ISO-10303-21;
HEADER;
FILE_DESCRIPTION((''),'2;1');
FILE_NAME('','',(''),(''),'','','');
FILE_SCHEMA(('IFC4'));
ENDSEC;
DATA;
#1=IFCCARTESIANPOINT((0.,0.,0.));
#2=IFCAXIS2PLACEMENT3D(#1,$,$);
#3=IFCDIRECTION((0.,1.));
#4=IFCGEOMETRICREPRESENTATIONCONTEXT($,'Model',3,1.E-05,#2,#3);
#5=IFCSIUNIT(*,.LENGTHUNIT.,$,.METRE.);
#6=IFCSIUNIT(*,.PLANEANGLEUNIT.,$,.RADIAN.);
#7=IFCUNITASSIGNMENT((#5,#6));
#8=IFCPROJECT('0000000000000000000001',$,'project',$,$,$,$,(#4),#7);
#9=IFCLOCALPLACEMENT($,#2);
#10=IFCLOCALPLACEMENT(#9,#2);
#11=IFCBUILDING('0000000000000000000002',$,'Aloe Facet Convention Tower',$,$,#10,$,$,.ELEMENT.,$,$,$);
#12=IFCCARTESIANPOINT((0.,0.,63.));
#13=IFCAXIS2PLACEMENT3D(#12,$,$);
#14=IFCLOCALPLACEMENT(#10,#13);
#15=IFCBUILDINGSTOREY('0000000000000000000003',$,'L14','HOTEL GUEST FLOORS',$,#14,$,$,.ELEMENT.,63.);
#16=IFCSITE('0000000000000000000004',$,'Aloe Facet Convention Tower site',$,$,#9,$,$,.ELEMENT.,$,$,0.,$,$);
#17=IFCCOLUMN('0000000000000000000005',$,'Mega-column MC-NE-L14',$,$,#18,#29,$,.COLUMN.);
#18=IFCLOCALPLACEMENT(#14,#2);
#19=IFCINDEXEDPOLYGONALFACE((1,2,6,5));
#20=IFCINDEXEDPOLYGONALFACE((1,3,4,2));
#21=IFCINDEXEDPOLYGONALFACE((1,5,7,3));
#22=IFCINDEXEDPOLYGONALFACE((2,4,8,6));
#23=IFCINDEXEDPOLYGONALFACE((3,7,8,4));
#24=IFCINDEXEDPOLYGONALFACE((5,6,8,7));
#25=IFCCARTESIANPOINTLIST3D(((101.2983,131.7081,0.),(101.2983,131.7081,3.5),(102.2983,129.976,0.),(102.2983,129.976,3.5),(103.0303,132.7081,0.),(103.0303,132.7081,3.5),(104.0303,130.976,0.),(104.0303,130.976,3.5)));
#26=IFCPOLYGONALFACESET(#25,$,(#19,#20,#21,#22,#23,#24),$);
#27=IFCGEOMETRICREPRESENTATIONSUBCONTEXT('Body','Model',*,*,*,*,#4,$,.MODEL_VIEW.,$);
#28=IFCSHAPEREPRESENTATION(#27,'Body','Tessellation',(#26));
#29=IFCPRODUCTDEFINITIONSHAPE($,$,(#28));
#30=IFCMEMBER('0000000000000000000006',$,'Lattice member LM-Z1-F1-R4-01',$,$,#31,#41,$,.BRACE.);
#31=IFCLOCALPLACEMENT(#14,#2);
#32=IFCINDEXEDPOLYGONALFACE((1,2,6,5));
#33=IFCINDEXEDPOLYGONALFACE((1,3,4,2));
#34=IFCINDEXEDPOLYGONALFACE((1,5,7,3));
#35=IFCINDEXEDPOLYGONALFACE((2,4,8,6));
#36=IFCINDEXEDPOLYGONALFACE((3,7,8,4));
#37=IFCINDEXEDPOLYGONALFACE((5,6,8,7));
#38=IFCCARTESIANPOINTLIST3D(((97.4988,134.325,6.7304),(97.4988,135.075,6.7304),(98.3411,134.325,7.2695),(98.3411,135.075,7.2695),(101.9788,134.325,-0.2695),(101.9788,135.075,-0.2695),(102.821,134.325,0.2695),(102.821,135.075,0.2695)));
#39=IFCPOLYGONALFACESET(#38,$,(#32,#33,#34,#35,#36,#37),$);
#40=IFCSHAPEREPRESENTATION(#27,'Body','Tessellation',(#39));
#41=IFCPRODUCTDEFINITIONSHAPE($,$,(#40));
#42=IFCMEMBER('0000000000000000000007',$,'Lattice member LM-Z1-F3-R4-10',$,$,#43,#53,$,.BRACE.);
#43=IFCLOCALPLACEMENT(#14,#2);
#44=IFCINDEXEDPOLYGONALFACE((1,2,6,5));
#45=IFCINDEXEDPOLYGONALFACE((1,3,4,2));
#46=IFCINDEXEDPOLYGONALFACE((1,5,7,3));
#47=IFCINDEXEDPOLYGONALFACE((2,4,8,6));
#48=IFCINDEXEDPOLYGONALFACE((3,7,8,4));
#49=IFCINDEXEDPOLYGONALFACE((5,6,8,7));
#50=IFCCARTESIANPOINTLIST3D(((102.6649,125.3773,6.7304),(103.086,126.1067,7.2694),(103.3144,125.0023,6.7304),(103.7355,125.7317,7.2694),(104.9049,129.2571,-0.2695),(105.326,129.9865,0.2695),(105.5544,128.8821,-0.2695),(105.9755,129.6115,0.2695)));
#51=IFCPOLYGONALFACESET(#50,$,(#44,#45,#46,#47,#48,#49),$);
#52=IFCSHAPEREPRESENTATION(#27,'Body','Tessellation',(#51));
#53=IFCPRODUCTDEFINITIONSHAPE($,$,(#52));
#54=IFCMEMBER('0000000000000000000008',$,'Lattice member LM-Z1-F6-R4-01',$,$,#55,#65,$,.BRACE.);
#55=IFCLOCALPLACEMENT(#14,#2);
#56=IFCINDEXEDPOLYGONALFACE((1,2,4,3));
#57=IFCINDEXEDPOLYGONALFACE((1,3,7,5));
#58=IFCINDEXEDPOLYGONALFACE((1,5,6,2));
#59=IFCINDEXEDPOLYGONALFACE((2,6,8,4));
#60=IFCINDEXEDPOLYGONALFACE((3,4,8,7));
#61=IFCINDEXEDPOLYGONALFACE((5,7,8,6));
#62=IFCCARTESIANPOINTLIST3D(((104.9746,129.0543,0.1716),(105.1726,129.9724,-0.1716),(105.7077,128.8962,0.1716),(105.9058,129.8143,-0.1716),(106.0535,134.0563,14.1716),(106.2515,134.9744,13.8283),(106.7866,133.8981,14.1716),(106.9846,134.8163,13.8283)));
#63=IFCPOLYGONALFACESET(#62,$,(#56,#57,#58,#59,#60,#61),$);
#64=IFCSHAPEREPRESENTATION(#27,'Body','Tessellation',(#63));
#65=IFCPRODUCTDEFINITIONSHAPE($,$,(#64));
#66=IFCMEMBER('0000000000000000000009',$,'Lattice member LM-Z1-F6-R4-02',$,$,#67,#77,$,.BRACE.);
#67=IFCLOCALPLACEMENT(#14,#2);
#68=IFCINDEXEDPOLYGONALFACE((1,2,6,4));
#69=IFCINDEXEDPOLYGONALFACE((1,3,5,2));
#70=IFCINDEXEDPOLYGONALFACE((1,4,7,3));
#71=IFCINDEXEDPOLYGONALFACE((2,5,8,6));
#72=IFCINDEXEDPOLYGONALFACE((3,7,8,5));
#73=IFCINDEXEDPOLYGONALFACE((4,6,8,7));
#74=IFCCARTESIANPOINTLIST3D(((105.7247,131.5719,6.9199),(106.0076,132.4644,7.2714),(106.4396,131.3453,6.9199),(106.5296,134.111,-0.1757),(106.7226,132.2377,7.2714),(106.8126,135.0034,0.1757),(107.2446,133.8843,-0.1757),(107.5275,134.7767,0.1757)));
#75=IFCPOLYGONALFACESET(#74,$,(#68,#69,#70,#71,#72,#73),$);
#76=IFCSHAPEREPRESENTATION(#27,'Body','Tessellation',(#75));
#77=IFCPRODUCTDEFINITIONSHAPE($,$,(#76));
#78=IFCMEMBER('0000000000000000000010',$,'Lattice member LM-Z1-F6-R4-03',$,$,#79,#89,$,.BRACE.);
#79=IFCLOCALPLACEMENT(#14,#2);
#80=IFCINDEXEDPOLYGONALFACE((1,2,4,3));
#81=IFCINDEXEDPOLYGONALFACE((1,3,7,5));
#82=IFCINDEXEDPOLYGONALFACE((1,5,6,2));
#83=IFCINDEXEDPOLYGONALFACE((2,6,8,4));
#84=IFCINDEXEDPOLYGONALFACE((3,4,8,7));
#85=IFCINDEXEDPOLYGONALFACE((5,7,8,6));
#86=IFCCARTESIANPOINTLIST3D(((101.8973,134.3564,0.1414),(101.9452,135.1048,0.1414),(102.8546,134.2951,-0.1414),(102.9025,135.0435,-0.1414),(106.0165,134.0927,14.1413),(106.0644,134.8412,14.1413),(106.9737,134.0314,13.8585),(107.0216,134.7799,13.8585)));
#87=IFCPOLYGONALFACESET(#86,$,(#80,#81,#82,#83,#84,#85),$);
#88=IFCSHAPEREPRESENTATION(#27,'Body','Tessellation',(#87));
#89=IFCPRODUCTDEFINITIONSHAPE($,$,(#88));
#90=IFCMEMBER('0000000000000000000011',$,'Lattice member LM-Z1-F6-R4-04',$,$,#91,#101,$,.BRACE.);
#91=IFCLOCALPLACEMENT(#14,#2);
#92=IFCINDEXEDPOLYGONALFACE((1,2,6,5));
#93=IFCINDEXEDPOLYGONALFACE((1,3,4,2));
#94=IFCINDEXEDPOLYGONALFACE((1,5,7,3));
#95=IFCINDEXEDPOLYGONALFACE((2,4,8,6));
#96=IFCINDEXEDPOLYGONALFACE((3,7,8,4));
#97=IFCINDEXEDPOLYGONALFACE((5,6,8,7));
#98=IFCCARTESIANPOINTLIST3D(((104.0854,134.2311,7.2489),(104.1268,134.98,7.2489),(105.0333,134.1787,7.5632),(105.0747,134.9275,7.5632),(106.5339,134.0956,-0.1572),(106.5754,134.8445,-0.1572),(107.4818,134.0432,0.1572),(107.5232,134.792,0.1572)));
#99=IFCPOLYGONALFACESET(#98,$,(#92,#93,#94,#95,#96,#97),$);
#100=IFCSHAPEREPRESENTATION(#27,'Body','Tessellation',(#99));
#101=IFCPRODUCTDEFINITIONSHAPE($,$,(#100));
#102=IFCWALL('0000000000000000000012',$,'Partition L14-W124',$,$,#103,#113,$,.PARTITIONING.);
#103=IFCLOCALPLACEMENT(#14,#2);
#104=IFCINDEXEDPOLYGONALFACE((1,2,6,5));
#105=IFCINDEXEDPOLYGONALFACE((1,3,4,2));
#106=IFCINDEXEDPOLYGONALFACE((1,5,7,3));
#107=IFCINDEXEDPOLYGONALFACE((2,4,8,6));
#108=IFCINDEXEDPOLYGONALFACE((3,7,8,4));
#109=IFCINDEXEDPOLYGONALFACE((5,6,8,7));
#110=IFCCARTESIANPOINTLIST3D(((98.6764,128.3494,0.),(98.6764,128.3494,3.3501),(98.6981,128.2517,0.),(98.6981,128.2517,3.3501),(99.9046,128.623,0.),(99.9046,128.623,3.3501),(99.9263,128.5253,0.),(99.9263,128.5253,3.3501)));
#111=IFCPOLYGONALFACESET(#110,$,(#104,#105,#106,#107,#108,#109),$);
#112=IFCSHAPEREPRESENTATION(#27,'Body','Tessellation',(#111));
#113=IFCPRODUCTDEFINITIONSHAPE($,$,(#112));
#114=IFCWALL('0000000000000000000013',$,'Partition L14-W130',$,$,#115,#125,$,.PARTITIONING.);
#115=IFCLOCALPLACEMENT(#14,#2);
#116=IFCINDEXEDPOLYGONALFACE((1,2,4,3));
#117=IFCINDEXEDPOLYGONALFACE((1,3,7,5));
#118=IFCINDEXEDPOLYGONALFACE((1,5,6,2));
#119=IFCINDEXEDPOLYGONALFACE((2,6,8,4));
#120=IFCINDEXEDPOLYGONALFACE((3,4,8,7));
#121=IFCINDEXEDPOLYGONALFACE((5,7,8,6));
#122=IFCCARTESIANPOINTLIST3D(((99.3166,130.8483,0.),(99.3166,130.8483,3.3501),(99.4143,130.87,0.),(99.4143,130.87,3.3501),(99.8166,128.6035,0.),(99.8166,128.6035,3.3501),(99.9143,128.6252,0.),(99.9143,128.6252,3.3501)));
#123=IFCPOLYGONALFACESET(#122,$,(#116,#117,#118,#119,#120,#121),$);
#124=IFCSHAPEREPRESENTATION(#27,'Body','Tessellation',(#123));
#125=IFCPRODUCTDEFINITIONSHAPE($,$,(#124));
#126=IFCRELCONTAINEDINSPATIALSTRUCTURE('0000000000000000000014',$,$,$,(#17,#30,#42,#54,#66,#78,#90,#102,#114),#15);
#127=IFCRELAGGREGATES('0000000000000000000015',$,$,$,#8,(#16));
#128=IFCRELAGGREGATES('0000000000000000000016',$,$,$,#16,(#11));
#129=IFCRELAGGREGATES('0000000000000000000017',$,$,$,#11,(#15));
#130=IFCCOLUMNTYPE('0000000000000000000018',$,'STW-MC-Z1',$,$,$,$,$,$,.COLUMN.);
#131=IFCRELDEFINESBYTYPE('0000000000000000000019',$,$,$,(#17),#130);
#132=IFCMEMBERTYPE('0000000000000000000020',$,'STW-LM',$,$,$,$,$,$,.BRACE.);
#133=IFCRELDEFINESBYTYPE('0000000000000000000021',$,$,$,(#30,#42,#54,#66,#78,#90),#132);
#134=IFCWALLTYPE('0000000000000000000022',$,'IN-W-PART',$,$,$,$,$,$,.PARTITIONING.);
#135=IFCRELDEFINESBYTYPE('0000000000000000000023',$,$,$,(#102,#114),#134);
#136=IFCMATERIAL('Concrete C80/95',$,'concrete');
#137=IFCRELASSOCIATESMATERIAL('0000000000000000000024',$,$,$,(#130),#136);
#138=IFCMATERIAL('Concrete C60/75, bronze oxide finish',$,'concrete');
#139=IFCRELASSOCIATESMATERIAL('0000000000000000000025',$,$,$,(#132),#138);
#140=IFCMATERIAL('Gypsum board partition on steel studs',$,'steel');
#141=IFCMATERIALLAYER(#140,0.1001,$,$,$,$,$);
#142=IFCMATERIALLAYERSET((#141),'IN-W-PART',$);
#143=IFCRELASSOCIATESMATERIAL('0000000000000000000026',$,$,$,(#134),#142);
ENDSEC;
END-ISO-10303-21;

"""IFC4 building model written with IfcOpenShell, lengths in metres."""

from ifc_helpers import new_model, si_unit, direction, frame, frame_2d, origin, origin_2d, place, context, subcontext, project, spatial, rectangle, extrude, material, layer, layer_set, material_profile, profile_set, type_object, element, save


model = new_model("IFC4")

# Units and contexts
model_context = context("Model", 3, precision=1e-05, world=origin(), true_north=direction((0.0, 1.0)))
body_context = subcontext(model_context, "Body", "Model", "MODEL_VIEW")
ifc_project = project(units=[si_unit("LENGTHUNIT", "METRE"), si_unit("PLANEANGLEUNIT", "RADIAN")], contexts=[model_context])

# Site, building, storey
site_placement = place(None, origin())
site = spatial("IfcSite", under=ifc_project, at=site_placement, Name="Aloe Facet Convention Tower site", CompositionType="ELEMENT", RefElevation=0.0)
building_placement = place(site_placement, origin())
building = spatial("IfcBuilding", under=site, at=building_placement, Name="Aloe Facet Convention Tower", CompositionType="ELEMENT")
storey_placement = place(building_placement, frame((0.0, 0.0, 63.0)))
storey = spatial("IfcBuildingStorey", under=building, at=storey_placement, Name="L14", Description="HOTEL GUEST FLOORS", CompositionType="ELEMENT", Elevation=63.0)

# Column
ifc_material_1 = material(Name="Concrete C80/95", Category="concrete")
ifc_material_profile_1 = material_profile(ifc_material_1, rectangle(XDim=2.0, YDim=2.0, at=origin_2d()), Name="STW-MC-Z1")
ifc_profile_set_1 = profile_set([ifc_material_profile_1], Name="Concrete C80/95")
column_type = type_object("IfcColumnType", Name="STW-MC-Z1", PredefinedType="COLUMN", material=ifc_profile_set_1)
column_placement = place(storey_placement, frame((102.6643, 131.342, 0.0), z_axis=(0.0, 0.0, 1.0), x_axis=(-0.5, 0.866025, 0.0)))
element("IfcColumn", 1, at=column_placement, inside=storey, type_object=column_type, Name="Mega-column MC-NE-L14", PredefinedType="COLUMN", context=body_context, shape_type="SweptSolid", body=[
    extrude(rectangle(XDim=2.0, YDim=2.0, at=origin_2d()), origin(), (0.0, 0.0, 1.0), 3.5),
])

# Members
ifc_material_2 = material(Name="Concrete C60/75, bronze oxide finish", Category="concrete")
ifc_material_profile_2 = material_profile(ifc_material_2, rectangle(XDim=0.75, YDim=1.0, at=origin_2d()), Name="STW-LM")
ifc_profile_set_2 = profile_set([ifc_material_profile_2], Name="Concrete C60/75, bronze oxide finish")
member_type = type_object("IfcMemberType", Name="STW-LM", PredefinedType="BRACE", material=ifc_profile_set_2)
for number, where, z_axis, x_axis, name in (
    (2, (102.3999, 134.7, 0.0), (-0.539052, 0.0, 0.842272), (0.0, -1.0, 0.0), "Lattice member LM-Z1-F1-R4-01"),
    (3, (105.4402, 129.4343, 0.0), (-0.269524, -0.466843, 0.842267), (0.866031, -0.49999, 0.0), "Lattice member LM-Z1-F3-R4-10"),
):
    element("IfcMember", number, at=place(storey_placement, frame(where, z_axis=z_axis, x_axis=x_axis)), inside=storey, type_object=member_type, Name=name, PredefinedType="BRACE", context=body_context, shape_type="SweptSolid", body=[
        extrude(rectangle(XDim=0.75, YDim=1.0, at=origin_2d()), origin(), (0.0, 0.0, 1.0), 8.3108),
    ])
member_1_placement = place(storey_placement, frame((105.4402, 129.4343, 0.0), z_axis=(0.072378, 0.33557, 0.93923), x_axis=(-0.977521, 0.210839, 0.0)))
element("IfcMember", 4, at=member_1_placement, inside=storey, type_object=member_type, Name="Lattice member LM-Z1-F6-R4-01", PredefinedType="BRACE", context=body_context, shape_type="SweptSolid", body=[
    extrude(rectangle(XDim=0.75, YDim=1.0, at=origin_2d()), origin(), (0.0, 0.0, 1.0), 14.9058),
])
member_2_placement = place(storey_placement, frame((107.0286, 134.4438, 0.0), z_axis=(-0.106203, -0.335006, 0.936212), x_axis=(0.953245, -0.302197, 0.0)))
element("IfcMember", 5, at=member_2_placement, inside=storey, type_object=member_type, Name="Lattice member LM-Z1-F6-R4-02", PredefinedType="BRACE", context=body_context, shape_type="SweptSolid", body=[
    extrude(rectangle(XDim=0.75, YDim=1.0, at=origin_2d()), origin(), (0.0, 0.0, 1.0), 7.5791),
])
member_3_placement = place(storey_placement, frame((102.3999, 134.7, 0.0), z_axis=(0.282214, -0.018065, 0.959181), x_axis=(0.063881, 0.997958, 0.0)))
element("IfcMember", 6, at=member_3_placement, inside=storey, type_object=member_type, Name="Lattice member LM-Z1-F6-R4-03", PredefinedType="BRACE", context=body_context, shape_type="SweptSolid", body=[
    extrude(rectangle(XDim=0.75, YDim=1.0, at=origin_2d()), origin(), (0.0, 0.0, 1.0), 14.5957),
])
member_4_placement = place(storey_placement, frame((107.0286, 134.4438, 0.0), z_axis=(-0.313851, 0.017368, 0.949313), x_axis=(-0.055255, -0.998472, 0.0)))
element("IfcMember", 7, at=member_4_placement, inside=storey, type_object=member_type, Name="Lattice member LM-Z1-F6-R4-04", PredefinedType="BRACE", context=body_context, shape_type="SweptSolid", body=[
    extrude(rectangle(XDim=0.75, YDim=1.0, at=origin_2d()), origin(), (0.0, 0.0, 1.0), 7.8015),
])

# Walls
ifc_material_3 = material(Name="Gypsum board partition on steel studs", Category="steel")
ifc_layer_1 = layer(ifc_material_3, 0.1001)
ifc_layer_set_1 = layer_set([ifc_layer_1], Name="IN-W-PART")
wall_type_1 = type_object("IfcWallType", Name="IN-W-PART", PredefinedType="PARTITIONING", material=ifc_layer_set_1)
wall_1_placement = place(storey_placement, frame((98.6873, 128.3005, 0.0), z_axis=(0.0, 0.0, 1.0), x_axis=(0.976064, 0.217485, 0.0)))
element("IfcWall", 8, at=wall_1_placement, inside=storey, type_object=wall_type_1, Name="Partition L14-W124", PredefinedType="PARTITIONING", context=body_context, shape_type="SweptSolid", body=[
    extrude(rectangle(XDim=1.2583, YDim=0.1001, at=frame_2d((0.6292, 0.0))), origin(), (0.0, 0.0, 1.0), 3.3501),
])
wall_2_placement = place(storey_placement, frame((99.3655, 130.8591, 0.0), z_axis=(0.0, 0.0, 1.0), x_axis=(0.217403, -0.976082, 0.0)))
element("IfcWall", 9, at=wall_2_placement, inside=storey, type_object=wall_type_1, Name="Partition L14-W130", PredefinedType="PARTITIONING", context=body_context, shape_type="SweptSolid", body=[
    extrude(rectangle(XDim=2.2998, YDim=0.1001, at=frame_2d((1.1499, 0.0))), origin(), (0.0, 0.0, 1.0), 3.3501),
])

save(model, "model.ifc")
